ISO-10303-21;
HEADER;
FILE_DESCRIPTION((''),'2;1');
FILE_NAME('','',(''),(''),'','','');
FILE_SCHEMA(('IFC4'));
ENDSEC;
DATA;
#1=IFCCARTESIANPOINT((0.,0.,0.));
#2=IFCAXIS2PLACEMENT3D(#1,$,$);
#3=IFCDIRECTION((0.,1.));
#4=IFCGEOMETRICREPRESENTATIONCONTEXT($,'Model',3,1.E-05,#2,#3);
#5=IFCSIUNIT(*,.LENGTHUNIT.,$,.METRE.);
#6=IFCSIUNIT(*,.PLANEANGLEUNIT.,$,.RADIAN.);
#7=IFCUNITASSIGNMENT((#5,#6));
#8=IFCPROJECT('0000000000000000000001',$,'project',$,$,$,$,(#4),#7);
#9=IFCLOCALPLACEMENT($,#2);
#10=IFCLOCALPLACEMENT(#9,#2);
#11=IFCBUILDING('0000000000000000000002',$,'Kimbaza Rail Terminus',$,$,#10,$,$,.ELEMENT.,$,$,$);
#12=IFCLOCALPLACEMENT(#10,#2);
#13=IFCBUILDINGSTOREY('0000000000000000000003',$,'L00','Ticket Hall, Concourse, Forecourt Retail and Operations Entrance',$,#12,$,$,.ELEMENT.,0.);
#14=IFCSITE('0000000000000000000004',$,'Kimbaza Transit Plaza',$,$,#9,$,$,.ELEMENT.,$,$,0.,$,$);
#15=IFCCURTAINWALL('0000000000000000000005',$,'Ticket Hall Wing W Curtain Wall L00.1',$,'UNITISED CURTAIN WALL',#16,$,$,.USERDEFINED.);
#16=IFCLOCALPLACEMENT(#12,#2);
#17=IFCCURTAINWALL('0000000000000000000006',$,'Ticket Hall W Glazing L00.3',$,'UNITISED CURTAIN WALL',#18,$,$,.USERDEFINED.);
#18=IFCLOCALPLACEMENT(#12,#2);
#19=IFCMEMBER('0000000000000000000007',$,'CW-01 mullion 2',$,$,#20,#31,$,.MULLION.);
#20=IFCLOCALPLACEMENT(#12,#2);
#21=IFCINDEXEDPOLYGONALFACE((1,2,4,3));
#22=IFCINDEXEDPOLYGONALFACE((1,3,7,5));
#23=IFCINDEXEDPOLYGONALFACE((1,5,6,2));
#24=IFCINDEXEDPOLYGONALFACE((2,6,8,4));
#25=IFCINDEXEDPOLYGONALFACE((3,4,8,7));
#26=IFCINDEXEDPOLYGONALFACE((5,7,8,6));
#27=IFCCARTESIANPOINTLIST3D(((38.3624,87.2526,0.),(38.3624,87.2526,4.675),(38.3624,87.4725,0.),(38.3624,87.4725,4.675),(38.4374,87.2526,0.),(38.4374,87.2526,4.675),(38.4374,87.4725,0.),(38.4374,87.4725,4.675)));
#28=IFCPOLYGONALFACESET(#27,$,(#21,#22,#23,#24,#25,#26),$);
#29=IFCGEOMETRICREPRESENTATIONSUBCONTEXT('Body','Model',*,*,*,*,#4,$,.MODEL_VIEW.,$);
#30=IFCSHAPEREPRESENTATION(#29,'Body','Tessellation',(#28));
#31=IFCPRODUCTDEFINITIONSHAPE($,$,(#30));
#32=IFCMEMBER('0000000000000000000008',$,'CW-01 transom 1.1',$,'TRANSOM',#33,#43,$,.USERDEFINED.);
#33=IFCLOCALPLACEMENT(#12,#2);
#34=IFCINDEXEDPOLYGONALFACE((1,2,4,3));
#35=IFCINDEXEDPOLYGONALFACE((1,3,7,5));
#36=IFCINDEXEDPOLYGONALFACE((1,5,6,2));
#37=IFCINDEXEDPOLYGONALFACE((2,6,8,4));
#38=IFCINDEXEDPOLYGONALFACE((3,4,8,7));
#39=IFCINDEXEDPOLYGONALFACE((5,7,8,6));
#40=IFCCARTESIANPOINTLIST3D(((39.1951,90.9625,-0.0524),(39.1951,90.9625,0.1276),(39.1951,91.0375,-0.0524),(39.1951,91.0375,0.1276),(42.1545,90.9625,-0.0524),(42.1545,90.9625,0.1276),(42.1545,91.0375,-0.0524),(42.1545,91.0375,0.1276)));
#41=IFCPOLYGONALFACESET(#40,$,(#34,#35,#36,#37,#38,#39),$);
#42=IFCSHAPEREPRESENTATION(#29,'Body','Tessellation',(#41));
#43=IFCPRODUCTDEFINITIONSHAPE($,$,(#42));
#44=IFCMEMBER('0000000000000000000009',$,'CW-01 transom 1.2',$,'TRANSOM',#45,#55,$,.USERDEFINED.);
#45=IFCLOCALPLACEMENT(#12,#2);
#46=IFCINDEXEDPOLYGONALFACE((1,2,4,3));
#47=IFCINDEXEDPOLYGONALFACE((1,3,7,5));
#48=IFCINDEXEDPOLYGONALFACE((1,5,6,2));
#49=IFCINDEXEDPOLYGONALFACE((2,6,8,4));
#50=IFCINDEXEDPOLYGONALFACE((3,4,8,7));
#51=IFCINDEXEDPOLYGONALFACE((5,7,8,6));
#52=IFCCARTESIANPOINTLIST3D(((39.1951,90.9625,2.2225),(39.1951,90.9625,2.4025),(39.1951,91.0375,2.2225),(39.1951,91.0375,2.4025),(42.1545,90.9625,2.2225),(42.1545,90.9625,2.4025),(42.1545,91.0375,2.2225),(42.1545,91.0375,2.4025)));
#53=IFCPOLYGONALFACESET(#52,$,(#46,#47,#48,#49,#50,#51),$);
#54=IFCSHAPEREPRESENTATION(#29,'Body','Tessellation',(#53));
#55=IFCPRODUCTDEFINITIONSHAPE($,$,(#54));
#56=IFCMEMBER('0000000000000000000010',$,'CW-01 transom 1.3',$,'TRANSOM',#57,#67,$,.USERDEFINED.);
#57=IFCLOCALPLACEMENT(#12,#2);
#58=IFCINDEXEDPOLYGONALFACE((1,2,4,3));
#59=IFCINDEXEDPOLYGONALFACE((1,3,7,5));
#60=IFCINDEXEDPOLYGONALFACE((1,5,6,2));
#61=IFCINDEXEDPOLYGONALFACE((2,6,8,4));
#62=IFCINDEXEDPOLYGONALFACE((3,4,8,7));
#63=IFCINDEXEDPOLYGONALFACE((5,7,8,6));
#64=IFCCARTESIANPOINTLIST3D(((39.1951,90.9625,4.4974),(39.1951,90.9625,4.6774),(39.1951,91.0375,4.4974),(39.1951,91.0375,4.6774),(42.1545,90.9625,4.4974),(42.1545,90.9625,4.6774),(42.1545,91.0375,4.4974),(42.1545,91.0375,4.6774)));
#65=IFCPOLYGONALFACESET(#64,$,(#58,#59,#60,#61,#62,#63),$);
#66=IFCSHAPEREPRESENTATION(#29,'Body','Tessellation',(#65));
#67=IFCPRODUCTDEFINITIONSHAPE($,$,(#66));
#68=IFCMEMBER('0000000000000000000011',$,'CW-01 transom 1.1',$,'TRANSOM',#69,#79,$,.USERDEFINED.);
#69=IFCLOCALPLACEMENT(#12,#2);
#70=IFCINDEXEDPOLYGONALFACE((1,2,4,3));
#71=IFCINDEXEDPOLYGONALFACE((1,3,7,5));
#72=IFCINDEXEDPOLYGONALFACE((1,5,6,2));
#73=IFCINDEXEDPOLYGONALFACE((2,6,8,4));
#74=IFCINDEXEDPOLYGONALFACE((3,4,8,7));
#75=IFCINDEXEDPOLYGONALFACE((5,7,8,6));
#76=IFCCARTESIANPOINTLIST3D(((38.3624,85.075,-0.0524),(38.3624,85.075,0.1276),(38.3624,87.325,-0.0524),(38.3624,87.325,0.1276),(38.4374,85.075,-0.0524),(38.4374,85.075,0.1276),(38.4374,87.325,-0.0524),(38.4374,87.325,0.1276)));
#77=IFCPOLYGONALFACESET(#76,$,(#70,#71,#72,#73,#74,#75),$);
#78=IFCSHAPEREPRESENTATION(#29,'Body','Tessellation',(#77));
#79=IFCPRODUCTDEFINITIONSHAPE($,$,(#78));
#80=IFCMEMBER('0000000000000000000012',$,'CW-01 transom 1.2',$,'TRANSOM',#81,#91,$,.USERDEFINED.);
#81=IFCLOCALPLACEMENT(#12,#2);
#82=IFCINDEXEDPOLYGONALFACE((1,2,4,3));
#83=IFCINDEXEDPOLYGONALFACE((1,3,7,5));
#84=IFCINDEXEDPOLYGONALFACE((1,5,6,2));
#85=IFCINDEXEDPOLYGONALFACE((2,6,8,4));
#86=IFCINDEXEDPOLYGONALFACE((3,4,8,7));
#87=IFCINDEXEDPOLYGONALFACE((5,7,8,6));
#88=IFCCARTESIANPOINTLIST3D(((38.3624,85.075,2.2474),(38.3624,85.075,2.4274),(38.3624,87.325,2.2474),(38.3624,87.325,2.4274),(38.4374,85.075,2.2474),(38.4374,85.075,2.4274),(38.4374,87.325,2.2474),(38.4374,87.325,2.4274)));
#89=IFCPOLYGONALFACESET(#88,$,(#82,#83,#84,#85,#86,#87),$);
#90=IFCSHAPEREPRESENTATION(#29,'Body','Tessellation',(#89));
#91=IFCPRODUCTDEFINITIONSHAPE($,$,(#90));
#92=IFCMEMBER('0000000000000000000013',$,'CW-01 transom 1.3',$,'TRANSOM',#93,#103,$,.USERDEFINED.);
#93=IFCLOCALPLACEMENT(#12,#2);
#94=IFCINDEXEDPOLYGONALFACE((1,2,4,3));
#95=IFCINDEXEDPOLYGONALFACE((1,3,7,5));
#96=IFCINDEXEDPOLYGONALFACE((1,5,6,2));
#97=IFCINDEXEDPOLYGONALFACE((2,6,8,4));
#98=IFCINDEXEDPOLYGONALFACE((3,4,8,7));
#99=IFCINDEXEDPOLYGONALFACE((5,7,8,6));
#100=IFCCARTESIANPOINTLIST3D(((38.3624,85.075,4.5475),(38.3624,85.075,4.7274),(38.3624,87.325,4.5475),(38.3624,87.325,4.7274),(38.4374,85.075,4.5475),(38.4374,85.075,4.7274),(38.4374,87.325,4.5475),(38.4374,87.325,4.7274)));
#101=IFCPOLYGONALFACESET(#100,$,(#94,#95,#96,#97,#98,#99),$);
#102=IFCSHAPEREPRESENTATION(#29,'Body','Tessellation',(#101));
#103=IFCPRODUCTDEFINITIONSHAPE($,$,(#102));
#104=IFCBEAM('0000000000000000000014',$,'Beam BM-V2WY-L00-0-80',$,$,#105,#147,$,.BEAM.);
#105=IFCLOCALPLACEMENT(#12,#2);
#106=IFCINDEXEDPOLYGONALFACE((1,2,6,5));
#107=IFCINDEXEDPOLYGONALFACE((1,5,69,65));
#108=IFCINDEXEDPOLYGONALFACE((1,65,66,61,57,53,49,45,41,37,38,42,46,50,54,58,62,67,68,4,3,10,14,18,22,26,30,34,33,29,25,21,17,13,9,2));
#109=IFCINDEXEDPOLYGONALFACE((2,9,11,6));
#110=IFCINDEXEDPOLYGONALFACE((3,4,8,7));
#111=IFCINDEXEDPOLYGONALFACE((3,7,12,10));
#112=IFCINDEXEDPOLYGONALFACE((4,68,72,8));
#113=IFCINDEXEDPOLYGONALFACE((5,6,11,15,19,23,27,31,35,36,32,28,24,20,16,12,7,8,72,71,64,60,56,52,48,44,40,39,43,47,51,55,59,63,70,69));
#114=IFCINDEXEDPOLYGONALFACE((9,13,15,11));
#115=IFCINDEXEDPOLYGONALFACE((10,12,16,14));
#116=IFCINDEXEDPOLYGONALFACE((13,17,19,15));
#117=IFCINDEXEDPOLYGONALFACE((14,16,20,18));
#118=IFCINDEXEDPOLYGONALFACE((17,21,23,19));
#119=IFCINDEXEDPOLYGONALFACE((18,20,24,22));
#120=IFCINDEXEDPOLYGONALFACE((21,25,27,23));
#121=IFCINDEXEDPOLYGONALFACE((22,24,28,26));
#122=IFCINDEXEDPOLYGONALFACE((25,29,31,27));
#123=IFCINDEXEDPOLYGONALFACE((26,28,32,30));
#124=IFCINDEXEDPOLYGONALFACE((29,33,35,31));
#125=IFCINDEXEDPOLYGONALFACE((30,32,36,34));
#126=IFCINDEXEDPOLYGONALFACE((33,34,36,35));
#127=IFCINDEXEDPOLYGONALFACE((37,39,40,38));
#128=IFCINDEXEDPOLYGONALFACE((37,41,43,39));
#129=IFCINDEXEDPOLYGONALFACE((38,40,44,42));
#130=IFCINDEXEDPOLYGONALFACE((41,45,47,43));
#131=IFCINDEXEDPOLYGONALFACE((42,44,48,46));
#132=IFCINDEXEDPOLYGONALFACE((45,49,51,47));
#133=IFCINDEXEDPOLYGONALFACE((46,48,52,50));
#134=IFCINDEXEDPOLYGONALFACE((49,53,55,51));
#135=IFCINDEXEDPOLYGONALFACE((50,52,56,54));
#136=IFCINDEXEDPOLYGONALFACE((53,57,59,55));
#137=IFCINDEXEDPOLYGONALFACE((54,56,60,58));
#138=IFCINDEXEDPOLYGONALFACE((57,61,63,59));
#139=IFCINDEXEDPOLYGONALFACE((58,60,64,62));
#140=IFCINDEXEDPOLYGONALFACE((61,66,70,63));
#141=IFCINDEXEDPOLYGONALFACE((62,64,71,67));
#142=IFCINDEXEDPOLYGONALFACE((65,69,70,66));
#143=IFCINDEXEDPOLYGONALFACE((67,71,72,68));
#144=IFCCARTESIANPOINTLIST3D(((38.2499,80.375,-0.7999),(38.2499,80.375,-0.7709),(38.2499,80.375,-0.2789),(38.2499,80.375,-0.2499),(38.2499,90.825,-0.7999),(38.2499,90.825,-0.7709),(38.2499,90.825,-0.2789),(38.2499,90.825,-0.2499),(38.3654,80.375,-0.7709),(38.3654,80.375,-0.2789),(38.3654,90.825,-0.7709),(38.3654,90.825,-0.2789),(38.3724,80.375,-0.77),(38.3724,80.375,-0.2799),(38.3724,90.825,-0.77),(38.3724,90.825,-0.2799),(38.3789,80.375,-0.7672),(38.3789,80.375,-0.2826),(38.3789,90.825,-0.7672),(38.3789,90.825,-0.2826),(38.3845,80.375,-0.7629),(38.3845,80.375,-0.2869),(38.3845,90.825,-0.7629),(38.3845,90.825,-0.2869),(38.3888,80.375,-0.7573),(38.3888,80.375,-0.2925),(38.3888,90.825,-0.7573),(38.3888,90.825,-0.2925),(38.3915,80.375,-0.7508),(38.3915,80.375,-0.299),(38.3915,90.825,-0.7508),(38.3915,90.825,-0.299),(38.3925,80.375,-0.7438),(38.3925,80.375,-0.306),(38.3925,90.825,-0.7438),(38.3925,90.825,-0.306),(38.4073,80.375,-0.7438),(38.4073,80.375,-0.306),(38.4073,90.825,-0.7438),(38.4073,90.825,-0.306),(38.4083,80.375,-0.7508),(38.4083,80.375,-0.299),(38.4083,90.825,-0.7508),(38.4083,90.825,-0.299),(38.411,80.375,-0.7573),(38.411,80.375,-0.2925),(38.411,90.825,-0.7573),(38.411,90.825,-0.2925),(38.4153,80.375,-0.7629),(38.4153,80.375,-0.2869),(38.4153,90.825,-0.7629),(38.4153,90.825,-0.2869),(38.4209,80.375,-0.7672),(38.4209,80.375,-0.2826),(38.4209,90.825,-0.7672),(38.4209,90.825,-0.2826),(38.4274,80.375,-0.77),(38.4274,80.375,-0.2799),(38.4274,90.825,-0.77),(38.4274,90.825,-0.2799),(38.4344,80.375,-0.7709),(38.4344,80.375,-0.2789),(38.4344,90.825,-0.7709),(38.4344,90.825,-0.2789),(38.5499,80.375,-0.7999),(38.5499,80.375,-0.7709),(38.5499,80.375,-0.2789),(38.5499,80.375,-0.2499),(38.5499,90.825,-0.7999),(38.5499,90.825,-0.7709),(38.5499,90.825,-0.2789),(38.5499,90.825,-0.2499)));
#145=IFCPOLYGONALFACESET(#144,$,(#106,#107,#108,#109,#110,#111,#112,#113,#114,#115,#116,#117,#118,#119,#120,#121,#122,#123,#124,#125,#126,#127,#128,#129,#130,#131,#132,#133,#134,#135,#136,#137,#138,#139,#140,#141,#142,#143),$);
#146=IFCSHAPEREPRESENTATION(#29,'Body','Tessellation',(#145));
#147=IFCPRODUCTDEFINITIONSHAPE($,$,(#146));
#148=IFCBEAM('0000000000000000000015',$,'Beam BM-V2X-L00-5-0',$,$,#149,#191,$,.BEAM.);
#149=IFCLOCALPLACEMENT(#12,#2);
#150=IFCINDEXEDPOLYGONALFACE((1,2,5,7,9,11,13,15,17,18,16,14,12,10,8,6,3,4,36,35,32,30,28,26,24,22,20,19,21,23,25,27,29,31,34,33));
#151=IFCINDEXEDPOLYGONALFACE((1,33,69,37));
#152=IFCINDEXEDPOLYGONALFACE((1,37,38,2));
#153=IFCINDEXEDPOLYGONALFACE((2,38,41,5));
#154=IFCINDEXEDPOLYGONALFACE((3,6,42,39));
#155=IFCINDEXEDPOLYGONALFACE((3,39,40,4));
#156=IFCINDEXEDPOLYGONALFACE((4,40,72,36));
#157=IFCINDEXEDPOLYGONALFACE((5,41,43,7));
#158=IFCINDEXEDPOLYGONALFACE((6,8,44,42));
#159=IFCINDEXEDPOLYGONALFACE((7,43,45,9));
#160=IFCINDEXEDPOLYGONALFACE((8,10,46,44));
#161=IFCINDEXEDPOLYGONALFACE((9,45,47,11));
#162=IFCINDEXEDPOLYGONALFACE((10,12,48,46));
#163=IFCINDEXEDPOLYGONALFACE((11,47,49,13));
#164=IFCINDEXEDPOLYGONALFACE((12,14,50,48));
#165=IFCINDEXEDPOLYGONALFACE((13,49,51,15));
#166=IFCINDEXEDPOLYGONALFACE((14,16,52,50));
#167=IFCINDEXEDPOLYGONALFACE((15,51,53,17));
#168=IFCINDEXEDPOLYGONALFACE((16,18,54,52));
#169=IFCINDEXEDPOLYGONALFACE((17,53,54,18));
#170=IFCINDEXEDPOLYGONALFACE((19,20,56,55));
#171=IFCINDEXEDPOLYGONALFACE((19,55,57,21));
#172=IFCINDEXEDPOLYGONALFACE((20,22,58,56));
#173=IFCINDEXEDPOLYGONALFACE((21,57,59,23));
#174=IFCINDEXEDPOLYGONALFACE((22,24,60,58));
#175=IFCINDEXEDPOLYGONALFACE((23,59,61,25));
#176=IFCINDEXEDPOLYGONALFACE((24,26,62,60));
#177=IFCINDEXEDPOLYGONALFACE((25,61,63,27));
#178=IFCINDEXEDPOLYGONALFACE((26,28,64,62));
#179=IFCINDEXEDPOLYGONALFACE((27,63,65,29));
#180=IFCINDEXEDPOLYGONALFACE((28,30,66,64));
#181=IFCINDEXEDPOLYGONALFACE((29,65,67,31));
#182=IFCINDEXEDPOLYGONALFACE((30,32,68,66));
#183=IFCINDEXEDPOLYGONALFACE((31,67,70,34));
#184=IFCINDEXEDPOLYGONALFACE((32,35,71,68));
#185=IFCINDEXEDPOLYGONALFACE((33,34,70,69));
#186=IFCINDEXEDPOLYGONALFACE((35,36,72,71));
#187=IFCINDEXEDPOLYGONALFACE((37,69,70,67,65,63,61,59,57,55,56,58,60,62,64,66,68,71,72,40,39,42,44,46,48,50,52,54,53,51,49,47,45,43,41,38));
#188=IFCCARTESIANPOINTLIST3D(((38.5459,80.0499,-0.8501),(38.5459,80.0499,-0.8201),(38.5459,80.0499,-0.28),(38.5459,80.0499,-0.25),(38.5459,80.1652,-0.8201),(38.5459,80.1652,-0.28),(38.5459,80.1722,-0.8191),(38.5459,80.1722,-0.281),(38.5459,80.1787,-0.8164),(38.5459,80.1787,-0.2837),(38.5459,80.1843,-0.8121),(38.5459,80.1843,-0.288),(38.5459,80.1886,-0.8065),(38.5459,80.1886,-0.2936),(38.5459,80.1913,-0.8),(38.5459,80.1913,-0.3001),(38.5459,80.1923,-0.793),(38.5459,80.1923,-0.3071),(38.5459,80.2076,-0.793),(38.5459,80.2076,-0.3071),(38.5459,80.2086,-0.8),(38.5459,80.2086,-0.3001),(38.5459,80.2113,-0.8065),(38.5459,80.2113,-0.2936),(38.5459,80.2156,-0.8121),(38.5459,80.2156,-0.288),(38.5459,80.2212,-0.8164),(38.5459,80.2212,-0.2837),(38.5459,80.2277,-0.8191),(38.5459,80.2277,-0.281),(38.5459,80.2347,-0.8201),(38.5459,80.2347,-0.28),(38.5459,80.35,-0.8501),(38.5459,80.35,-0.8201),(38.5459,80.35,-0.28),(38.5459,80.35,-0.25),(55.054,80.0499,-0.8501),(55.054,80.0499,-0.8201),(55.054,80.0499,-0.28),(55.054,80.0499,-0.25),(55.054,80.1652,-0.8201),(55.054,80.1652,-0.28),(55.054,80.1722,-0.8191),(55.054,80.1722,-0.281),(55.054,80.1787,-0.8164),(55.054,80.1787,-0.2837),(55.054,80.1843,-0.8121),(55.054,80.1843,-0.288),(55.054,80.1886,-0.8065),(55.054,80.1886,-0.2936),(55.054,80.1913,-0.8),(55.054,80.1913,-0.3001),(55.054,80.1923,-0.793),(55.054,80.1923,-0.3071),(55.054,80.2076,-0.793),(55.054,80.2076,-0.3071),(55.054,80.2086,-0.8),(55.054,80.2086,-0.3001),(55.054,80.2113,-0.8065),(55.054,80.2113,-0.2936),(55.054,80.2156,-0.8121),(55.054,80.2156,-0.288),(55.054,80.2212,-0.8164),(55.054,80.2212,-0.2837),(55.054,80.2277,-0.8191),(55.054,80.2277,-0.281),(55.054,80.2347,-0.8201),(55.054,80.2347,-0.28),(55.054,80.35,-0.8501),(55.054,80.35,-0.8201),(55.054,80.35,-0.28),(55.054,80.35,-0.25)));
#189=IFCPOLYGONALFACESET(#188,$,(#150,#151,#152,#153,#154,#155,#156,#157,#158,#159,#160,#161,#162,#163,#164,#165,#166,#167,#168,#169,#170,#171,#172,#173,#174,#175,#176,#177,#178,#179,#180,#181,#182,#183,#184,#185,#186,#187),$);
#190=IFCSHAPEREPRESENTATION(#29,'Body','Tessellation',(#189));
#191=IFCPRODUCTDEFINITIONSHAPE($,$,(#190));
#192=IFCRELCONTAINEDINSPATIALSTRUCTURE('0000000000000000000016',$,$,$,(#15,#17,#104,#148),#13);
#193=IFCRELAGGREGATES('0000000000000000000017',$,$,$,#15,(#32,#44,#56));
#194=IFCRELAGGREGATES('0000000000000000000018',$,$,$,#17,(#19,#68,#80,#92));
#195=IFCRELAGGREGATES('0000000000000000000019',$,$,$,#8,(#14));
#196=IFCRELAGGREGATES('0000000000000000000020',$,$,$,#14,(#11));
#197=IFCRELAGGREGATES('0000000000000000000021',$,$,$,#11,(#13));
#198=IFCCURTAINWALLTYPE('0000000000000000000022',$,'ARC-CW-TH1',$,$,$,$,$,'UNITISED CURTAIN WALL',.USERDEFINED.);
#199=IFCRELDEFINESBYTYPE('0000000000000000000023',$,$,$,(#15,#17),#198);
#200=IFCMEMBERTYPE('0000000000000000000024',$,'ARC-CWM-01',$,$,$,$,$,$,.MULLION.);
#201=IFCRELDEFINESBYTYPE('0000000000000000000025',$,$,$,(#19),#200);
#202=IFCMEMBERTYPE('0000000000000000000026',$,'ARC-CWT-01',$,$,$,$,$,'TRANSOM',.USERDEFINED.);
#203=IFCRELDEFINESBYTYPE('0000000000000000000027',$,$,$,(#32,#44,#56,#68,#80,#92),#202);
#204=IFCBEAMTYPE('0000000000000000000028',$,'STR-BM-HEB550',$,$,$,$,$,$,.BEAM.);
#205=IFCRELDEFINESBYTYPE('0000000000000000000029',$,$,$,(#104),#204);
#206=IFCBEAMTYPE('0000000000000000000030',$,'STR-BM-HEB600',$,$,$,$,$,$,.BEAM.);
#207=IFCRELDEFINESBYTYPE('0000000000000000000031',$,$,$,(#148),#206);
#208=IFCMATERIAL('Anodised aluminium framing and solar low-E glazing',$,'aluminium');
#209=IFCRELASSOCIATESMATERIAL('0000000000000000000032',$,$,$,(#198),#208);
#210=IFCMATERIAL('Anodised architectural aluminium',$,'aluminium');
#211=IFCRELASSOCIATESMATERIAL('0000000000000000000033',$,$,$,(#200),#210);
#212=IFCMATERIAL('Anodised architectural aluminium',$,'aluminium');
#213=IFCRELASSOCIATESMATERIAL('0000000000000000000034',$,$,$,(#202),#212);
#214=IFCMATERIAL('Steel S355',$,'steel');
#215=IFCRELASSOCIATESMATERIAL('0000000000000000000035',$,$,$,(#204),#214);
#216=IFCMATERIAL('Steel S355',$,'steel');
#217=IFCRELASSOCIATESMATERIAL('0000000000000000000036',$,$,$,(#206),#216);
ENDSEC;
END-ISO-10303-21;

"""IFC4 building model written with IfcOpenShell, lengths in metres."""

from ifc_helpers import new_model, si_unit, direction, frame, origin, origin_2d, place, context, subcontext, project, spatial, rectangle, i_section, extrude, material, material_profile, profile_set, type_object, element, aggregate, save


model = new_model("IFC4")

# Units and contexts
model_context = context("Model", 3, precision=1e-05, world=origin(), true_north=direction((0.0, 1.0)))
body_context = subcontext(model_context, "Body", "Model", "MODEL_VIEW")
ifc_project = project(units=[si_unit("LENGTHUNIT", "METRE"), si_unit("PLANEANGLEUNIT", "RADIAN")], contexts=[model_context])

# Site, building, storey
site_placement = place(None, origin())
site = spatial("IfcSite", under=ifc_project, at=site_placement, Name="Kimbaza Transit Plaza", CompositionType="ELEMENT", RefElevation=0.0)
building_placement = place(site_placement, origin())
building = spatial("IfcBuilding", under=site, at=building_placement, Name="Kimbaza Rail Terminus", CompositionType="ELEMENT")
storey_placement = place(building_placement, origin())
storey = spatial("IfcBuildingStorey", under=building, at=storey_placement, Name="L00", Description="Ticket Hall, Concourse, Forecourt Retail and Operations Entrance", CompositionType="ELEMENT", Elevation=0.0)

# Curtain wall
ifc_material_1 = material(Name="Anodised aluminium framing and solar low-E glazing", Category="aluminium")
curtain_wall_type = type_object("IfcCurtainWallType", Name="ARC-CW-TH1", ElementType="UNITISED CURTAIN WALL", PredefinedType="USERDEFINED", material=ifc_material_1)
curtain_wall_1_placement = place(storey_placement, origin())
curtain_wall_1 = element("IfcCurtainWall", 1, at=curtain_wall_1_placement, inside=storey, type_object=curtain_wall_type, Name="Ticket Hall Wing W Curtain Wall L00.1", ObjectType="UNITISED CURTAIN WALL", PredefinedType="USERDEFINED")
ifc_material_2 = material(Name="Anodised architectural aluminium", Category="aluminium")
ifc_material_profile_1 = material_profile(ifc_material_2, rectangle(XDim=0.075, YDim=0.22, at=origin_2d()), Name="MULLION 75x220")
ifc_profile_set_1 = profile_set([ifc_material_profile_1], Name="Anodised architectural aluminium")
member_type_1 = type_object("IfcMemberType", Name="ARC-CWM-01", PredefinedType="MULLION", material=ifc_profile_set_1)

# Curtain wall, member
curtain_wall_2_placement = place(storey_placement, origin())
curtain_wall_2 = element("IfcCurtainWall", 2, at=curtain_wall_2_placement, inside=storey, type_object=curtain_wall_type, Name="Ticket Hall W Glazing L00.3", ObjectType="UNITISED CURTAIN WALL", PredefinedType="USERDEFINED")
member_1_placement = place(storey_placement, frame((38.3999, 87.3625, 0.0), z_axis=(0.0, 0.0, 1.0), x_axis=(-1.0, 0.0, 0.0)))
member_1 = element("IfcMember", 3, at=member_1_placement, type_object=member_type_1, Name="CW-01 mullion 2", PredefinedType="MULLION", context=body_context, shape_type="SweptSolid", body=[
    extrude(rectangle(XDim=0.075, YDim=0.22, at=origin_2d()), origin(), (0.0, 0.0, 1.0), 4.675),
])

# Members
ifc_material_3 = material(Name="Anodised architectural aluminium", Category="aluminium")
ifc_material_profile_2 = material_profile(ifc_material_3, rectangle(XDim=0.075, YDim=0.1799, at=origin_2d()), Name="TRANSOM 75x180")
ifc_profile_set_2 = profile_set([ifc_material_profile_2], Name="Anodised architectural aluminium")
member_type_2 = type_object("IfcMemberType", Name="ARC-CWT-01", ElementType="TRANSOM", PredefinedType="USERDEFINED", material=ifc_profile_set_2)
member_2_placement = place(storey_placement, frame((39.1951, 91.0, 0.0376), z_axis=(1.0, 0.0, 0.0), x_axis=(0.0, 1.0, 0.0)))
member_2 = element("IfcMember", 4, at=member_2_placement, type_object=member_type_2, Name="CW-01 transom 1.1", ObjectType="TRANSOM", PredefinedType="USERDEFINED", context=body_context, shape_type="SweptSolid", body=[
    extrude(rectangle(XDim=0.075, YDim=0.1799, at=origin_2d()), origin(), (0.0, 0.0, 1.0), 2.9595),
])
member_3_placement = place(storey_placement, frame((39.1951, 91.0, 2.3125), z_axis=(1.0, 0.0, 0.0), x_axis=(0.0, 1.0, 0.0)))
member_3 = element("IfcMember", 5, at=member_3_placement, type_object=member_type_2, Name="CW-01 transom 1.2", ObjectType="TRANSOM", PredefinedType="USERDEFINED", context=body_context, shape_type="SweptSolid", body=[
    extrude(rectangle(XDim=0.075, YDim=0.1799, at=origin_2d()), origin(), (0.0, 0.0, 1.0), 2.9595),
])
member_4_placement = place(storey_placement, frame((39.1951, 91.0, 4.5874), z_axis=(1.0, 0.0, 0.0), x_axis=(0.0, 1.0, 0.0)))
member_4 = element("IfcMember", 6, at=member_4_placement, type_object=member_type_2, Name="CW-01 transom 1.3", ObjectType="TRANSOM", PredefinedType="USERDEFINED", context=body_context, shape_type="SweptSolid", body=[
    extrude(rectangle(XDim=0.075, YDim=0.1799, at=origin_2d()), origin(), (0.0, 0.0, 1.0), 2.9595),
])
member_5_placement = place(storey_placement, frame((38.3999, 85.075, 0.0376), z_axis=(0.0, 1.0, 0.0), x_axis=(-1.0, 0.0, 0.0)))
member_5 = element("IfcMember", 7, at=member_5_placement, type_object=member_type_2, Name="CW-01 transom 1.1", ObjectType="TRANSOM", PredefinedType="USERDEFINED", context=body_context, shape_type="SweptSolid", body=[
    extrude(rectangle(XDim=0.075, YDim=0.1799, at=origin_2d()), origin(), (0.0, 0.0, 1.0), 2.25),
])
member_6_placement = place(storey_placement, frame((38.3999, 85.075, 2.3374), z_axis=(0.0, 1.0, 0.0), x_axis=(-1.0, 0.0, 0.0)))
member_6 = element("IfcMember", 8, at=member_6_placement, type_object=member_type_2, Name="CW-01 transom 1.2", ObjectType="TRANSOM", PredefinedType="USERDEFINED", context=body_context, shape_type="SweptSolid", body=[
    extrude(rectangle(XDim=0.075, YDim=0.1799, at=origin_2d()), origin(), (0.0, 0.0, 1.0), 2.25),
])
member_7_placement = place(storey_placement, frame((38.3999, 85.075, 4.6375), z_axis=(0.0, 1.0, 0.0), x_axis=(-1.0, 0.0, 0.0)))
member_7 = element("IfcMember", 9, at=member_7_placement, type_object=member_type_2, Name="CW-01 transom 1.3", ObjectType="TRANSOM", PredefinedType="USERDEFINED", context=body_context, shape_type="SweptSolid", body=[
    extrude(rectangle(XDim=0.075, YDim=0.1799, at=origin_2d()), origin(), (0.0, 0.0, 1.0), 2.25),
])

# Beams
ifc_material_4 = material(Name="Steel S355", Category="steel")
ifc_material_profile_3 = material_profile(ifc_material_4, i_section(OverallWidth=0.3, OverallDepth=0.55, WebThickness=0.0149, FlangeThickness=0.0291, FilletRadius=0.0271, at=origin_2d()), Name="HEB 550")
ifc_profile_set_3 = profile_set([ifc_material_profile_3], Name="Steel S355")
beam_type_1 = type_object("IfcBeamType", Name="STR-BM-HEB550", PredefinedType="BEAM", material=ifc_profile_set_3)
beam_placement = place(storey_placement, frame((38.3999, 80.375, -0.5249), z_axis=(0.0, 1.0, 0.0), x_axis=(-1.0, 0.0, 0.0)))
element("IfcBeam", 10, at=beam_placement, inside=storey, type_object=beam_type_1, Name="Beam BM-V2WY-L00-0-80", PredefinedType="BEAM", context=body_context, shape_type="SweptSolid", body=[
    extrude(i_section(OverallWidth=0.3, OverallDepth=0.55, WebThickness=0.0149, FlangeThickness=0.0291, FilletRadius=0.0271, at=origin_2d()), origin(), (0.0, 0.0, 1.0), 10.45),
])
ifc_material_5 = material(Name="Steel S355", Category="steel")
ifc_material_profile_4 = material_profile(ifc_material_5, i_section(OverallWidth=0.3, OverallDepth=0.6001, WebThickness=0.0154, FlangeThickness=0.03, FilletRadius=0.0271, at=origin_2d()), Name="HEB 600")
ifc_profile_set_4 = profile_set([ifc_material_profile_4], Name="Steel S355")
beam_type_2 = type_object("IfcBeamType", Name="STR-BM-HEB600", PredefinedType="BEAM", material=ifc_profile_set_4)
for number, where, z_axis, x_axis, name in (
    (11, (38.5459, 80.2, -0.55), (1.0, 0.0, 0.0), (0.0, 1.0, 0.0), "Beam BM-V2X-L00-5-0"),
):
    element("IfcBeam", number, at=place(storey_placement, frame(where, z_axis=z_axis, x_axis=x_axis)), inside=storey, type_object=beam_type_2, Name=name, PredefinedType="BEAM", context=body_context, shape_type="SweptSolid", body=[
        extrude(i_section(OverallWidth=0.3, OverallDepth=0.6001, WebThickness=0.0154, FlangeThickness=0.03, FilletRadius=0.0271, at=origin_2d()), origin(), (0.0, 0.0, 1.0), 16.5081),
    ])

aggregate(curtain_wall_1, [member_2, member_3, member_4])
aggregate(curtain_wall_2, [member_1, member_5, member_6, member_7])

save(model, "model.ifc")
